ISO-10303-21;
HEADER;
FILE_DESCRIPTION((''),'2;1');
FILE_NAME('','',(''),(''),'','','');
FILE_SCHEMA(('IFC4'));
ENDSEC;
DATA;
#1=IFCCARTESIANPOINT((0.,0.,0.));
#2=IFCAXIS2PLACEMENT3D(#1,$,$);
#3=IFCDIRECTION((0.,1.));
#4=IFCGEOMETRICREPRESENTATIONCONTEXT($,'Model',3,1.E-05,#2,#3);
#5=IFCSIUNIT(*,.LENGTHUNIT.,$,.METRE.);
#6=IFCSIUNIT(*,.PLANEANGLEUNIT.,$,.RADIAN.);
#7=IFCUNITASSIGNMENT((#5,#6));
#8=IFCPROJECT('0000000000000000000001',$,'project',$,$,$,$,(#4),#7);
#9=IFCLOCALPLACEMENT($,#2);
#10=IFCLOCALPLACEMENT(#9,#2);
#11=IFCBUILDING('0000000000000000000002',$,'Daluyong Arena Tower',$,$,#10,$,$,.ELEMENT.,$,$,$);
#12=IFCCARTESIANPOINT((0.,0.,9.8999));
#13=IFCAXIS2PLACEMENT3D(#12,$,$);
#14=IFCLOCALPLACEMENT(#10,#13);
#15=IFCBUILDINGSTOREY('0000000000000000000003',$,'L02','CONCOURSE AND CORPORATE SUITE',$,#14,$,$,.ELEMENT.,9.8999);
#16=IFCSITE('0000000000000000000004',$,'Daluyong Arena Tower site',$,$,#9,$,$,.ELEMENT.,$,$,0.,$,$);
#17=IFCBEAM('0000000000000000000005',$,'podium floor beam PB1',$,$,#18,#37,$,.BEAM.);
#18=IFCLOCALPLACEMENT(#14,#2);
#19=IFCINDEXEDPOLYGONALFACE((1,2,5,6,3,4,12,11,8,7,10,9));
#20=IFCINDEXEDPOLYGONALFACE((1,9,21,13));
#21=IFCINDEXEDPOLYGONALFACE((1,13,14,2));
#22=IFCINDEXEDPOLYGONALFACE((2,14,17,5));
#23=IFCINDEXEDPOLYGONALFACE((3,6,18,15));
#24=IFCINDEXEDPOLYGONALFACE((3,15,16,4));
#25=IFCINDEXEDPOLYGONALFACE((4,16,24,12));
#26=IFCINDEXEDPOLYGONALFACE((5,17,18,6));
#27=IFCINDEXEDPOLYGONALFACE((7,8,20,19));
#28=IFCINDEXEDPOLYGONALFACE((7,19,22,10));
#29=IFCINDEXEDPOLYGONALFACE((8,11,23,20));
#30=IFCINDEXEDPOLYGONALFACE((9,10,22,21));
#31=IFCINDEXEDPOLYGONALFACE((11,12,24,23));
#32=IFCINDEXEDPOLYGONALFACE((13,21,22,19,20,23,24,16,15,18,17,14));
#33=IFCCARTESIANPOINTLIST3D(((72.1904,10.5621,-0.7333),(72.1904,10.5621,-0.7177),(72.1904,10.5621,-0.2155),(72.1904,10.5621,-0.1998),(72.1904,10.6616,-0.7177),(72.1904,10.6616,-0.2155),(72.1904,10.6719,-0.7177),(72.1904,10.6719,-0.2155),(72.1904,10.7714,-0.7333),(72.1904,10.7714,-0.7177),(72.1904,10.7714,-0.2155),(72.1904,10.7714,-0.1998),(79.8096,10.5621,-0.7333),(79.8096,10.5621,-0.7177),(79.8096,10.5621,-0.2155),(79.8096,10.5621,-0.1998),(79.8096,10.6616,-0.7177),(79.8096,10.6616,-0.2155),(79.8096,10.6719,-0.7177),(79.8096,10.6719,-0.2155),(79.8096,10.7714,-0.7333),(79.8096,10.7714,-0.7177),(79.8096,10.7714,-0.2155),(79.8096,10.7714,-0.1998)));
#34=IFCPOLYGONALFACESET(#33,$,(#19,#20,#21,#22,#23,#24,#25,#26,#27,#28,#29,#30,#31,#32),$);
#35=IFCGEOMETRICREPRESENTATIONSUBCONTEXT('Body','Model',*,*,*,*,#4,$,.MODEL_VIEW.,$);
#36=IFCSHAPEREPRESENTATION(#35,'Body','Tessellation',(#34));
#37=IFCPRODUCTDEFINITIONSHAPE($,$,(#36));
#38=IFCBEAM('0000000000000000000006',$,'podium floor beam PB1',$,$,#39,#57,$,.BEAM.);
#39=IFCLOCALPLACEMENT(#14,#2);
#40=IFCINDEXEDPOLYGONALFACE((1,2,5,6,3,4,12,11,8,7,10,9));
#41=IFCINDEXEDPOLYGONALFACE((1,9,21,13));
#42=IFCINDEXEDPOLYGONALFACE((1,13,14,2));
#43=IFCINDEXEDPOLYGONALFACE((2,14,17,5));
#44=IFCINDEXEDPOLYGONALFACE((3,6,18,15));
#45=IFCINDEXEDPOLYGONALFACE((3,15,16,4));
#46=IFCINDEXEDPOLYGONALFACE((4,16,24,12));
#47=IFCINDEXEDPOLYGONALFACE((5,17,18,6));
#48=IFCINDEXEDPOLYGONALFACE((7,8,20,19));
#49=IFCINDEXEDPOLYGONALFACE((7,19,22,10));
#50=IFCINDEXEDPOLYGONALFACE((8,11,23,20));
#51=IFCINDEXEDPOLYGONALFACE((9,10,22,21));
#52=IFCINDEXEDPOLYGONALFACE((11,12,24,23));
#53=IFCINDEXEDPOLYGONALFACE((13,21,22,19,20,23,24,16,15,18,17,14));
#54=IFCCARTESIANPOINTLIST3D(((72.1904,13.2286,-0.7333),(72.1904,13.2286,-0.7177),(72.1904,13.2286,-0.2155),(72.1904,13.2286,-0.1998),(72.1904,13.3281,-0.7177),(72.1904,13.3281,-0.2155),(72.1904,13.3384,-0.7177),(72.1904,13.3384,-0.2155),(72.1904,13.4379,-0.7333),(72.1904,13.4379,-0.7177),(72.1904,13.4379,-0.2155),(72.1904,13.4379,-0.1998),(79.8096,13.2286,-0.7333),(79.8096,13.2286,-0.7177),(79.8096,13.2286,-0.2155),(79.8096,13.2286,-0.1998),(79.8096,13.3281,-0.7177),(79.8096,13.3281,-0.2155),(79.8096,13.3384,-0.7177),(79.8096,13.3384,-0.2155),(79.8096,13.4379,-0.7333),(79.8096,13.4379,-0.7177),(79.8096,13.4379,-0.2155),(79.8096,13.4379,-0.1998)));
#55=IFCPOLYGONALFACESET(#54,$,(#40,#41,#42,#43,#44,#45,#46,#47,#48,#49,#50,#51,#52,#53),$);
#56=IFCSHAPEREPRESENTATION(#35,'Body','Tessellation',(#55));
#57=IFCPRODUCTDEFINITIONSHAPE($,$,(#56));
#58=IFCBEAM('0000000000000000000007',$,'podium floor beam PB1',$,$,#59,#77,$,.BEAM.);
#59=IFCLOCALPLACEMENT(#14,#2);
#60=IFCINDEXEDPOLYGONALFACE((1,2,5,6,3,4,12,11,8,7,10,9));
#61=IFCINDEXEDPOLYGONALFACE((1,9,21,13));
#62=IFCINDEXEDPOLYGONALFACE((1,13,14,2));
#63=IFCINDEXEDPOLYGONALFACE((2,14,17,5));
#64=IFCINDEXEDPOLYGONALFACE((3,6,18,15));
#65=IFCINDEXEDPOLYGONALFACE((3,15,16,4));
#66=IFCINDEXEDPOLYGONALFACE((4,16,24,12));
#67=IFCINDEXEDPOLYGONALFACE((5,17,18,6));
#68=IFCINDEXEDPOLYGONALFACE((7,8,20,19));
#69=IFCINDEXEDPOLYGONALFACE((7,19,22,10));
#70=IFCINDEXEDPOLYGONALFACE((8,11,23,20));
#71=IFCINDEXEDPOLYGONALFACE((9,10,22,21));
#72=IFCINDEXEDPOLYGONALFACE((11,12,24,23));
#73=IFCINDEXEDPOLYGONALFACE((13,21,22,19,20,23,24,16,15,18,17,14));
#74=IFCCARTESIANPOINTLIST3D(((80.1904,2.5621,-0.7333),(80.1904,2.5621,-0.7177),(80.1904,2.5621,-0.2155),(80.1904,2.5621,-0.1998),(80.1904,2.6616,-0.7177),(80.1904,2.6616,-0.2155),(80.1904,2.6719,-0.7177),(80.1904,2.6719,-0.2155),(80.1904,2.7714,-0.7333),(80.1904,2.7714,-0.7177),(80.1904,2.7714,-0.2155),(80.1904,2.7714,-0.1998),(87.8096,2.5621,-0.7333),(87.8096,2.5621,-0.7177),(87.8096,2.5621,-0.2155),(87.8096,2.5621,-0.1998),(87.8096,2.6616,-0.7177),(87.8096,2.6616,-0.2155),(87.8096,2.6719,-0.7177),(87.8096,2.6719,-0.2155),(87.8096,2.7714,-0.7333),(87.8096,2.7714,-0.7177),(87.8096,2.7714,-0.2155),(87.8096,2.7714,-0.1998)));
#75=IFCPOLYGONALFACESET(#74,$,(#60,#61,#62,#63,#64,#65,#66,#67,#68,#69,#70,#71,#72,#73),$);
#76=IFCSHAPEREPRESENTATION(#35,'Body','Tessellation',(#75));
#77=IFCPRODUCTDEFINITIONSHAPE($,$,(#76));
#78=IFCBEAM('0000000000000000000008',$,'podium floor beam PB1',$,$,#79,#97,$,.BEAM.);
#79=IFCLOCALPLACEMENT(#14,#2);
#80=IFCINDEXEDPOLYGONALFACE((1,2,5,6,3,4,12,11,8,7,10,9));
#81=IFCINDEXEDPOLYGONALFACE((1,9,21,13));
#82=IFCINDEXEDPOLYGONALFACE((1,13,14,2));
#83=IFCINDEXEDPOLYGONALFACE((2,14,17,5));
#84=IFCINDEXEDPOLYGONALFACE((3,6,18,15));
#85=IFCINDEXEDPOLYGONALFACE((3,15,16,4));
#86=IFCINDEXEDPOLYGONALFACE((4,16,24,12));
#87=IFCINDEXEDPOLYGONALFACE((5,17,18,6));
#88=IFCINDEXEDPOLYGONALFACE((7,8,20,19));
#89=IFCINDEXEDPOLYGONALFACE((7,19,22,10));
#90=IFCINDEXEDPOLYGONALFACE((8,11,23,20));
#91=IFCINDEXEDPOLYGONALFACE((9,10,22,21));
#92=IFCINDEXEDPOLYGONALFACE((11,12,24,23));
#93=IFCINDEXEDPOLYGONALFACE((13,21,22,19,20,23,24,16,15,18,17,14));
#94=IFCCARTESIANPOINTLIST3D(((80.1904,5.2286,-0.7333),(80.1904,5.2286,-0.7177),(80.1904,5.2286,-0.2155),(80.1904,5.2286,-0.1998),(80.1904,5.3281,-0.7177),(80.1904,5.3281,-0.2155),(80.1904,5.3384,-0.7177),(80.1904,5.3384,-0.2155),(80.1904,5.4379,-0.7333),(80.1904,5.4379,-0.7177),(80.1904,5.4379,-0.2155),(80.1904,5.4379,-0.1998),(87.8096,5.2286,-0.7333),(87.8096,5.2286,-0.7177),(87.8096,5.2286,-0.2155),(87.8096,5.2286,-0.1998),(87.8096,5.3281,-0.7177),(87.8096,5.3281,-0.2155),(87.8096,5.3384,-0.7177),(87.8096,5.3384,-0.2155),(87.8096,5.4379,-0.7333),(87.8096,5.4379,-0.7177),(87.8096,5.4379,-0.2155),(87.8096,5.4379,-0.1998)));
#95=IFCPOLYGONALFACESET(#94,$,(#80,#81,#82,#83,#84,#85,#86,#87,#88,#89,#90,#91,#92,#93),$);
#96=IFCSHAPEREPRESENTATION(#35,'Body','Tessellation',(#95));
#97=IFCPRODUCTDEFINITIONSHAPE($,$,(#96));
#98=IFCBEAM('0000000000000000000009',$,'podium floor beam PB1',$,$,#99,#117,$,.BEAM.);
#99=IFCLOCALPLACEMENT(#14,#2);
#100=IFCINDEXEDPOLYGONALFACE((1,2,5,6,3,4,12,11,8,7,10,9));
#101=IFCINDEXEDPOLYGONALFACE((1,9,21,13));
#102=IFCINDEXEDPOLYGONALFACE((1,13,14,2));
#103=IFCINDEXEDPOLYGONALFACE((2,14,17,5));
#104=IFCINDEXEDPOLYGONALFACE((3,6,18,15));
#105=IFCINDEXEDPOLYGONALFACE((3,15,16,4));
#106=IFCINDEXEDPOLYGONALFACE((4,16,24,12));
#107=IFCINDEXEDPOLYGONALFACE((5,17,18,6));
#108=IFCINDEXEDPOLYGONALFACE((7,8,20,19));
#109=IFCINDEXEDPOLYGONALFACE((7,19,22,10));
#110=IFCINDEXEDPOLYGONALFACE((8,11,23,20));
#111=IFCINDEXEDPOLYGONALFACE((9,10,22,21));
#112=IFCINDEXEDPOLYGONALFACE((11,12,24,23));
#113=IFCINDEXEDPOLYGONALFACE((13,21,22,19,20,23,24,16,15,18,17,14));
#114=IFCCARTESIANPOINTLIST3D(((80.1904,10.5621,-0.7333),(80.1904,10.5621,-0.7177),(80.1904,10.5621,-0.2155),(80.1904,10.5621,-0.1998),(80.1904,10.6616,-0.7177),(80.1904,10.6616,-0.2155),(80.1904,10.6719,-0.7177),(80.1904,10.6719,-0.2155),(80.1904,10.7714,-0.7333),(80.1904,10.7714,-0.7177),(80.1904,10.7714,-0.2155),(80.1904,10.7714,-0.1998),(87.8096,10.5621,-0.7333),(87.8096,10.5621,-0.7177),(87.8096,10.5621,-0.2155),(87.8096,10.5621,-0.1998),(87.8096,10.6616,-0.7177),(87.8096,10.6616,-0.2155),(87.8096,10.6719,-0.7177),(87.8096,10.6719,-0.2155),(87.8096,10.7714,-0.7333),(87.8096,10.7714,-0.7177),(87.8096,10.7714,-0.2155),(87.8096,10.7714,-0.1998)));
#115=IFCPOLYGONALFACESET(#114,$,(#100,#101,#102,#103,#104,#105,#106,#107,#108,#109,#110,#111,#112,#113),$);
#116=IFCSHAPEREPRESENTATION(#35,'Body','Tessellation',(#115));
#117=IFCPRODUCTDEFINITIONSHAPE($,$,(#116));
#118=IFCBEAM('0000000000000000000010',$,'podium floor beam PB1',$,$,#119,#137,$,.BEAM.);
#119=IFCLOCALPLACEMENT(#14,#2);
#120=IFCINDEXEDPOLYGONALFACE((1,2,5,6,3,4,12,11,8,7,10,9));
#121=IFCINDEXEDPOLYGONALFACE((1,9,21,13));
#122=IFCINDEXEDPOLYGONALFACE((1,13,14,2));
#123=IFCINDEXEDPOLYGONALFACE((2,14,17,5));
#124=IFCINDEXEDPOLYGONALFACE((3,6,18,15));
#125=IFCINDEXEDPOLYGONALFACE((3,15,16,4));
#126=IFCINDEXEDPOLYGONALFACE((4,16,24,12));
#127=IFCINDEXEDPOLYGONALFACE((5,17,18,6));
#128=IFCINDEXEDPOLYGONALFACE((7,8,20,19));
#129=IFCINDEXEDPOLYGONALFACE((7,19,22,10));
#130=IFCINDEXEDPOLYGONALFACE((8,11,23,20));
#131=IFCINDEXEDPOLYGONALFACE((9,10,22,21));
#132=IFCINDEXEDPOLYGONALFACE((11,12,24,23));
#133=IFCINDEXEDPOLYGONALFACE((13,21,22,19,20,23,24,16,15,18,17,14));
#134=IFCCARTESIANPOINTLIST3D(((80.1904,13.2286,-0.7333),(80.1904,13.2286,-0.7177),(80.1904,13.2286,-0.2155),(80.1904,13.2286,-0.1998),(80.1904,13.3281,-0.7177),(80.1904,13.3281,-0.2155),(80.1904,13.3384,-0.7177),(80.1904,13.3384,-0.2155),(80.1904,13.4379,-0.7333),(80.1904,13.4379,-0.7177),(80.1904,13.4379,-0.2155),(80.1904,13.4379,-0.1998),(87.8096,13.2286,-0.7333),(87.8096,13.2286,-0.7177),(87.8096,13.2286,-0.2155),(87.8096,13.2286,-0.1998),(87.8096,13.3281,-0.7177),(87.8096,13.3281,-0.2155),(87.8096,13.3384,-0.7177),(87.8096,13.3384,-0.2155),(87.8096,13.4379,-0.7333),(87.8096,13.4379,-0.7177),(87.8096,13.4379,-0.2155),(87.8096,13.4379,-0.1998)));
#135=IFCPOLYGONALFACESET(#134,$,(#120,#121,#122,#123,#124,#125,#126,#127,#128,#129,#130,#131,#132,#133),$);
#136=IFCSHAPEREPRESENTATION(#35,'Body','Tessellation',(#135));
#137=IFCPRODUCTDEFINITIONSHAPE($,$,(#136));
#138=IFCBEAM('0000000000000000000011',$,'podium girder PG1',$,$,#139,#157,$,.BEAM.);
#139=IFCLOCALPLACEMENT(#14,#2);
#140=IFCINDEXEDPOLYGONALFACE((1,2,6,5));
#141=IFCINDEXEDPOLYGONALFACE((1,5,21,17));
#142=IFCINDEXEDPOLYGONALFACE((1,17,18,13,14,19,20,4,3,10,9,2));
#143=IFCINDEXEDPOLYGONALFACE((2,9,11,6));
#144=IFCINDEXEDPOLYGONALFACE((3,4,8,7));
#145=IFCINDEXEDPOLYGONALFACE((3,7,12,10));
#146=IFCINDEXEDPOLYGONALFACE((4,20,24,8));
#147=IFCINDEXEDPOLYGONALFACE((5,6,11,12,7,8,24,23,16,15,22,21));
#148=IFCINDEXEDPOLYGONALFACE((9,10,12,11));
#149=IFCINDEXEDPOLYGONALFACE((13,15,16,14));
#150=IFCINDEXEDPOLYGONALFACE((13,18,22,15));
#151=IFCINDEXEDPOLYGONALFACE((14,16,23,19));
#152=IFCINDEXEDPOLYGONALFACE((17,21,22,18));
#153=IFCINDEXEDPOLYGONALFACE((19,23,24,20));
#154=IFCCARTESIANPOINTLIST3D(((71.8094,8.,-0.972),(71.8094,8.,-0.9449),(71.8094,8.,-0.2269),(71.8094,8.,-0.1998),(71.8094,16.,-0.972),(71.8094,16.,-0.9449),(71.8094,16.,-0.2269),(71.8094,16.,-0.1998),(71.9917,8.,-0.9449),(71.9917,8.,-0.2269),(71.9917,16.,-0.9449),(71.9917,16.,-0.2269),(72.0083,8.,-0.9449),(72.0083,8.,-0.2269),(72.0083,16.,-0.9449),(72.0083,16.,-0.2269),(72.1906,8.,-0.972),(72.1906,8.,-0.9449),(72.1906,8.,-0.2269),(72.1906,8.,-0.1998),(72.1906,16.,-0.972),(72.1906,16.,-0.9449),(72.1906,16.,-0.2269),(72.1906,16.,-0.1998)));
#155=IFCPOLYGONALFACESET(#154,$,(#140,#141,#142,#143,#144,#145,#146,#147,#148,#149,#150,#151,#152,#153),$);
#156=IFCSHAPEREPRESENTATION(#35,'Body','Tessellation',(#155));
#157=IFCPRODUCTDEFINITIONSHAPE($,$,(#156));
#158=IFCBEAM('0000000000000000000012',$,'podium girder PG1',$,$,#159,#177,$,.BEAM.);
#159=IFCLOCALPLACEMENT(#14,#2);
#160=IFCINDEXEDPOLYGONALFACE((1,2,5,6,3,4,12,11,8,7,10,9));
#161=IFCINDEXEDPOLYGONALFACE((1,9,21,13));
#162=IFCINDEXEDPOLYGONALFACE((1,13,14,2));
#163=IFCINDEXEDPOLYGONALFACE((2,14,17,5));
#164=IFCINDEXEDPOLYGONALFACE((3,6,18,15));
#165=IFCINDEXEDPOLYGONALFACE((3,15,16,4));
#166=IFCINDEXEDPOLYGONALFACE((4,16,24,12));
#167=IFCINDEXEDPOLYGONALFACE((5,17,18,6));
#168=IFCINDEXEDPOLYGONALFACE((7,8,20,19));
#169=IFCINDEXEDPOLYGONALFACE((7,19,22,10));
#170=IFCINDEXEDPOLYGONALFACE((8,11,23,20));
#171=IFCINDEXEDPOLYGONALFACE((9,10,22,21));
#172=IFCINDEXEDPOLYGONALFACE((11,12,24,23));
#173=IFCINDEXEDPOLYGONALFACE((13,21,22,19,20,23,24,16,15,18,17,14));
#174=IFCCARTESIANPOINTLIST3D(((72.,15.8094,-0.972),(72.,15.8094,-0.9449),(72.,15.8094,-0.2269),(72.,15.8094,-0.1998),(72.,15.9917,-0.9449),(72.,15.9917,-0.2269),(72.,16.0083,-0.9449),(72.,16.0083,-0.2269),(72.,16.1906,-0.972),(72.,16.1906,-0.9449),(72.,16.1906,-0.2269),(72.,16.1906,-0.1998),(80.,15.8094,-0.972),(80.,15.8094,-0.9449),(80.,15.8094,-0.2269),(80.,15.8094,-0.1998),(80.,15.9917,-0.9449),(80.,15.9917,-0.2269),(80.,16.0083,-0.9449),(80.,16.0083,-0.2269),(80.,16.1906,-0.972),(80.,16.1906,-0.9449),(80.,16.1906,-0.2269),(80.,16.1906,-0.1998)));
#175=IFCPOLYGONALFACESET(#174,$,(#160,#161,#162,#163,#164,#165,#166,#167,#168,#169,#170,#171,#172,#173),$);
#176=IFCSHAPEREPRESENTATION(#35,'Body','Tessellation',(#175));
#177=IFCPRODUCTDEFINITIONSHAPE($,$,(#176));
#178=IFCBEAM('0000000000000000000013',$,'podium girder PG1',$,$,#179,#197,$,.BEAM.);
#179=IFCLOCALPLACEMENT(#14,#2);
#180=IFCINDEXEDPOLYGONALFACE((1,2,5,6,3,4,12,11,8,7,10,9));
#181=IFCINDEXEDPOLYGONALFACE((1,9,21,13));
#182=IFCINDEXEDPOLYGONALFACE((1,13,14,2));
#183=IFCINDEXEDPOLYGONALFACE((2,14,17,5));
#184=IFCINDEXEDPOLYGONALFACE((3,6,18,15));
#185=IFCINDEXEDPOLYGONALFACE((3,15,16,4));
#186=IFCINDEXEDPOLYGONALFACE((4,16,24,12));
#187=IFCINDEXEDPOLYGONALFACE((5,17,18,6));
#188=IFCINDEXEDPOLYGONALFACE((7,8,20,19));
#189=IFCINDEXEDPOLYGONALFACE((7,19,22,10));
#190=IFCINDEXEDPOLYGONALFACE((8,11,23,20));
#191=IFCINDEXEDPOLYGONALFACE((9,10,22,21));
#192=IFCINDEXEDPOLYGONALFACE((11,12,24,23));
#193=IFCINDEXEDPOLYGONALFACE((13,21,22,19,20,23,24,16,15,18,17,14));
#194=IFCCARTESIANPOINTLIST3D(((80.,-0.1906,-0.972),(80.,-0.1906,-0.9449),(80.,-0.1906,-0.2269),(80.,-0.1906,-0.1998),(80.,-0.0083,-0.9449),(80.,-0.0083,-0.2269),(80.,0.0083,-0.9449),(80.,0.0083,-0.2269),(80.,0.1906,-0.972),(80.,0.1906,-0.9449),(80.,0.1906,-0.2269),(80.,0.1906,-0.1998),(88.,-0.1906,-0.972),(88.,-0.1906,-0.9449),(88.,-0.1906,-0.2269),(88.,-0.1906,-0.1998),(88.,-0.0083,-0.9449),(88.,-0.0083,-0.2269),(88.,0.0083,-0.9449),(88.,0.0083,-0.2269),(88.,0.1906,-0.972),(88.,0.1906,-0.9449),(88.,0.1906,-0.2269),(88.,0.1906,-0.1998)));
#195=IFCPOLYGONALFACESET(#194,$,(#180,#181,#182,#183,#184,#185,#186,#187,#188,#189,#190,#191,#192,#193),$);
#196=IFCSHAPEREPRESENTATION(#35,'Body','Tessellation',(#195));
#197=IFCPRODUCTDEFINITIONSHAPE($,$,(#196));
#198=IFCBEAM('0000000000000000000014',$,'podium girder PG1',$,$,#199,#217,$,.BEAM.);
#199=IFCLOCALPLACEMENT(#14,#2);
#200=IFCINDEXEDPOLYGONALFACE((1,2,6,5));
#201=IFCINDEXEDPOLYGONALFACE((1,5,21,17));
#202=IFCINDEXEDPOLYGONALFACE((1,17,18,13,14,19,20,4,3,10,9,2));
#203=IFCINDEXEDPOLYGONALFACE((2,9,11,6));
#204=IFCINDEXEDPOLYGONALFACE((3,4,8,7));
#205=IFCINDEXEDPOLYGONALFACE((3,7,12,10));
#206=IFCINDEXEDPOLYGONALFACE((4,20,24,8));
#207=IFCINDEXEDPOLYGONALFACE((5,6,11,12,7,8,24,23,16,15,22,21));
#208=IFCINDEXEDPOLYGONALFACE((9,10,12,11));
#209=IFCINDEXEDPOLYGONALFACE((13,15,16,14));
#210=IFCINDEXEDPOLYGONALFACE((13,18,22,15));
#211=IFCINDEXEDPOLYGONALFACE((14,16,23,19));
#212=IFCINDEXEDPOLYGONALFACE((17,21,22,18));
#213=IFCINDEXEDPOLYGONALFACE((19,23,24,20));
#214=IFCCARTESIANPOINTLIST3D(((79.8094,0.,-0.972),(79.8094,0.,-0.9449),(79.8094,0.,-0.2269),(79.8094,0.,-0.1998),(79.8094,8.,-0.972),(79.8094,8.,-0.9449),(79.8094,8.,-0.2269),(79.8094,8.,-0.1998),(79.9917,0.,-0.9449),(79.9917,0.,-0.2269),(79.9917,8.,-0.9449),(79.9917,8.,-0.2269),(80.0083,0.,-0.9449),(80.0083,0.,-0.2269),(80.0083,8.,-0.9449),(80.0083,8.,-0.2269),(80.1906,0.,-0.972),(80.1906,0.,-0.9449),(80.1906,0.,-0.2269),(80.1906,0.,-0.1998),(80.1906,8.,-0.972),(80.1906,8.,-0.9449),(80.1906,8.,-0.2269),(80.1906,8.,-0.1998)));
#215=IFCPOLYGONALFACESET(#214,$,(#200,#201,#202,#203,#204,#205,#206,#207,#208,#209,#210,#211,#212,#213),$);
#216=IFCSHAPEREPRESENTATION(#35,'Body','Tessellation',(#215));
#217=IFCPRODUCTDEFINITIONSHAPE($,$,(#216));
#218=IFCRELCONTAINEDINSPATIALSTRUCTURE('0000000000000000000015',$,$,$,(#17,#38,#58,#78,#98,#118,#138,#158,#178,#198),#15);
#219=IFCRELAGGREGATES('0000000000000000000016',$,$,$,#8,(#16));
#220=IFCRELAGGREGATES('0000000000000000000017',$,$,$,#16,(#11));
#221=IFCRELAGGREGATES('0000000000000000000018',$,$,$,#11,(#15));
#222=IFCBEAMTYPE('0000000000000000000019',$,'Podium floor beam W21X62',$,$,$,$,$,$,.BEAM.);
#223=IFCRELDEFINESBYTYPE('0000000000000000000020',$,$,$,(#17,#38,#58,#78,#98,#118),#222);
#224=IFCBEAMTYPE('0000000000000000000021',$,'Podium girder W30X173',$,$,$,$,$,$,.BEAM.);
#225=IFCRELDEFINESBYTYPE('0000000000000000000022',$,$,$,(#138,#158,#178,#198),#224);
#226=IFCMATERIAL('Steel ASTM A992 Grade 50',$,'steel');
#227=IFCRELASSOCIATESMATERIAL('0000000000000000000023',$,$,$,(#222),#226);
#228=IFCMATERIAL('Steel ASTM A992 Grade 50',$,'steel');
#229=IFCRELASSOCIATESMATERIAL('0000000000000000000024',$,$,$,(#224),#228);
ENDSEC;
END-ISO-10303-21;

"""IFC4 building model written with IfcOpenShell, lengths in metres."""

from ifc_helpers import new_model, si_unit, direction, frame, origin, origin_2d, place, context, subcontext, project, spatial, i_section, extrude, material, material_profile, profile_set, type_object, element, save


model = new_model("IFC4")

# Units and contexts
model_context = context("Model", 3, precision=1e-05, world=origin(), true_north=direction((0.0, 1.0)))
body_context = subcontext(model_context, "Body", "Model", "MODEL_VIEW")
ifc_project = project(units=[si_unit("LENGTHUNIT", "METRE"), si_unit("PLANEANGLEUNIT", "RADIAN")], contexts=[model_context])

# Site, building, storey
site_placement = place(None, origin())
site = spatial("IfcSite", under=ifc_project, at=site_placement, Name="Daluyong Arena Tower site", CompositionType="ELEMENT", RefElevation=0.0)
building_placement = place(site_placement, origin())
building = spatial("IfcBuilding", under=site, at=building_placement, Name="Daluyong Arena Tower", CompositionType="ELEMENT")
storey_placement = place(building_placement, frame((0.0, 0.0, 9.8999)))
storey = spatial("IfcBuildingStorey", under=building, at=storey_placement, Name="L02", Description="CONCOURSE AND CORPORATE SUITE", CompositionType="ELEMENT", Elevation=9.8999)

# Beams
ifc_material_1 = material(Name="Steel ASTM A992 Grade 50", Category="steel")
ifc_material_profile_1 = material_profile(ifc_material_1, i_section(OverallWidth=0.2092, OverallDepth=0.5334, WebThickness=0.0103, FlangeThickness=0.0156, at=origin_2d()))
ifc_profile_set_1 = profile_set([ifc_material_profile_1], Name="Steel ASTM A992 Grade 50")
beam_type_1 = type_object("IfcBeamType", Name="Podium floor beam W21X62", PredefinedType="BEAM", material=ifc_profile_set_1)
for number, where, z_axis, x_axis, name in (
    (1, (72.1904, 10.6667, -0.4666), (1.0, 0.0, 0.0), (0.0, 1.0, 0.0), "podium floor beam PB1"),
    (2, (72.1904, 13.3333, -0.4666), (1.0, 0.0, 0.0), (0.0, 1.0, 0.0), "podium floor beam PB1"),
    (3, (80.1904, 2.6667, -0.4666), (1.0, 0.0, 0.0), (0.0, 1.0, 0.0), "podium floor beam PB1"),
    (4, (80.1904, 5.3333, -0.4666), (1.0, 0.0, 0.0), (0.0, 1.0, 0.0), "podium floor beam PB1"),
    (5, (80.1904, 10.6667, -0.4666), (1.0, 0.0, 0.0), (0.0, 1.0, 0.0), "podium floor beam PB1"),
    (6, (80.1904, 13.3333, -0.4666), (1.0, 0.0, 0.0), (0.0, 1.0, 0.0), "podium floor beam PB1"),
):
    element("IfcBeam", number, at=place(storey_placement, frame(where, z_axis=z_axis, x_axis=x_axis)), inside=storey, type_object=beam_type_1, Name=name, PredefinedType="BEAM", context=body_context, shape_type="SweptSolid", body=[
        extrude(i_section(OverallWidth=0.2092, OverallDepth=0.5334, WebThickness=0.0103, FlangeThickness=0.0156, at=origin_2d()), origin(), (0.0, 0.0, 1.0), 7.6191),
    ])
ifc_material_2 = material(Name="Steel ASTM A992 Grade 50", Category="steel")
ifc_material_profile_2 = material_profile(ifc_material_2, i_section(OverallWidth=0.3811, OverallDepth=0.7722, WebThickness=0.0166, FlangeThickness=0.0271, at=origin_2d()))
ifc_profile_set_2 = profile_set([ifc_material_profile_2], Name="Steel ASTM A992 Grade 50")
beam_type_2 = type_object("IfcBeamType", Name="Podium girder W30X173", PredefinedType="BEAM", material=ifc_profile_set_2)
for number, where, z_axis, x_axis, name in (
    (7, (72.0, 8.0, -0.5859), (0.0, 1.0, 0.0), (-1.0, 0.0, 0.0), "podium girder PG1"),
    (8, (72.0, 16.0, -0.5859), (1.0, 0.0, 0.0), (0.0, 1.0, 0.0), "podium girder PG1"),
    (9, (80.0, 0.0, -0.5859), (1.0, 0.0, 0.0), (0.0, 1.0, 0.0), "podium girder PG1"),
    (10, (80.0, 0.0, -0.5859), (0.0, 1.0, 0.0), (-1.0, 0.0, 0.0), "podium girder PG1"),
):
    element("IfcBeam", number, at=place(storey_placement, frame(where, z_axis=z_axis, x_axis=x_axis)), inside=storey, type_object=beam_type_2, Name=name, PredefinedType="BEAM", context=body_context, shape_type="SweptSolid", body=[
        extrude(i_section(OverallWidth=0.3811, OverallDepth=0.7722, WebThickness=0.0166, FlangeThickness=0.0271, at=origin_2d()), origin(), (0.0, 0.0, 1.0), 8.0),
    ])

save(model, "model.ifc")
